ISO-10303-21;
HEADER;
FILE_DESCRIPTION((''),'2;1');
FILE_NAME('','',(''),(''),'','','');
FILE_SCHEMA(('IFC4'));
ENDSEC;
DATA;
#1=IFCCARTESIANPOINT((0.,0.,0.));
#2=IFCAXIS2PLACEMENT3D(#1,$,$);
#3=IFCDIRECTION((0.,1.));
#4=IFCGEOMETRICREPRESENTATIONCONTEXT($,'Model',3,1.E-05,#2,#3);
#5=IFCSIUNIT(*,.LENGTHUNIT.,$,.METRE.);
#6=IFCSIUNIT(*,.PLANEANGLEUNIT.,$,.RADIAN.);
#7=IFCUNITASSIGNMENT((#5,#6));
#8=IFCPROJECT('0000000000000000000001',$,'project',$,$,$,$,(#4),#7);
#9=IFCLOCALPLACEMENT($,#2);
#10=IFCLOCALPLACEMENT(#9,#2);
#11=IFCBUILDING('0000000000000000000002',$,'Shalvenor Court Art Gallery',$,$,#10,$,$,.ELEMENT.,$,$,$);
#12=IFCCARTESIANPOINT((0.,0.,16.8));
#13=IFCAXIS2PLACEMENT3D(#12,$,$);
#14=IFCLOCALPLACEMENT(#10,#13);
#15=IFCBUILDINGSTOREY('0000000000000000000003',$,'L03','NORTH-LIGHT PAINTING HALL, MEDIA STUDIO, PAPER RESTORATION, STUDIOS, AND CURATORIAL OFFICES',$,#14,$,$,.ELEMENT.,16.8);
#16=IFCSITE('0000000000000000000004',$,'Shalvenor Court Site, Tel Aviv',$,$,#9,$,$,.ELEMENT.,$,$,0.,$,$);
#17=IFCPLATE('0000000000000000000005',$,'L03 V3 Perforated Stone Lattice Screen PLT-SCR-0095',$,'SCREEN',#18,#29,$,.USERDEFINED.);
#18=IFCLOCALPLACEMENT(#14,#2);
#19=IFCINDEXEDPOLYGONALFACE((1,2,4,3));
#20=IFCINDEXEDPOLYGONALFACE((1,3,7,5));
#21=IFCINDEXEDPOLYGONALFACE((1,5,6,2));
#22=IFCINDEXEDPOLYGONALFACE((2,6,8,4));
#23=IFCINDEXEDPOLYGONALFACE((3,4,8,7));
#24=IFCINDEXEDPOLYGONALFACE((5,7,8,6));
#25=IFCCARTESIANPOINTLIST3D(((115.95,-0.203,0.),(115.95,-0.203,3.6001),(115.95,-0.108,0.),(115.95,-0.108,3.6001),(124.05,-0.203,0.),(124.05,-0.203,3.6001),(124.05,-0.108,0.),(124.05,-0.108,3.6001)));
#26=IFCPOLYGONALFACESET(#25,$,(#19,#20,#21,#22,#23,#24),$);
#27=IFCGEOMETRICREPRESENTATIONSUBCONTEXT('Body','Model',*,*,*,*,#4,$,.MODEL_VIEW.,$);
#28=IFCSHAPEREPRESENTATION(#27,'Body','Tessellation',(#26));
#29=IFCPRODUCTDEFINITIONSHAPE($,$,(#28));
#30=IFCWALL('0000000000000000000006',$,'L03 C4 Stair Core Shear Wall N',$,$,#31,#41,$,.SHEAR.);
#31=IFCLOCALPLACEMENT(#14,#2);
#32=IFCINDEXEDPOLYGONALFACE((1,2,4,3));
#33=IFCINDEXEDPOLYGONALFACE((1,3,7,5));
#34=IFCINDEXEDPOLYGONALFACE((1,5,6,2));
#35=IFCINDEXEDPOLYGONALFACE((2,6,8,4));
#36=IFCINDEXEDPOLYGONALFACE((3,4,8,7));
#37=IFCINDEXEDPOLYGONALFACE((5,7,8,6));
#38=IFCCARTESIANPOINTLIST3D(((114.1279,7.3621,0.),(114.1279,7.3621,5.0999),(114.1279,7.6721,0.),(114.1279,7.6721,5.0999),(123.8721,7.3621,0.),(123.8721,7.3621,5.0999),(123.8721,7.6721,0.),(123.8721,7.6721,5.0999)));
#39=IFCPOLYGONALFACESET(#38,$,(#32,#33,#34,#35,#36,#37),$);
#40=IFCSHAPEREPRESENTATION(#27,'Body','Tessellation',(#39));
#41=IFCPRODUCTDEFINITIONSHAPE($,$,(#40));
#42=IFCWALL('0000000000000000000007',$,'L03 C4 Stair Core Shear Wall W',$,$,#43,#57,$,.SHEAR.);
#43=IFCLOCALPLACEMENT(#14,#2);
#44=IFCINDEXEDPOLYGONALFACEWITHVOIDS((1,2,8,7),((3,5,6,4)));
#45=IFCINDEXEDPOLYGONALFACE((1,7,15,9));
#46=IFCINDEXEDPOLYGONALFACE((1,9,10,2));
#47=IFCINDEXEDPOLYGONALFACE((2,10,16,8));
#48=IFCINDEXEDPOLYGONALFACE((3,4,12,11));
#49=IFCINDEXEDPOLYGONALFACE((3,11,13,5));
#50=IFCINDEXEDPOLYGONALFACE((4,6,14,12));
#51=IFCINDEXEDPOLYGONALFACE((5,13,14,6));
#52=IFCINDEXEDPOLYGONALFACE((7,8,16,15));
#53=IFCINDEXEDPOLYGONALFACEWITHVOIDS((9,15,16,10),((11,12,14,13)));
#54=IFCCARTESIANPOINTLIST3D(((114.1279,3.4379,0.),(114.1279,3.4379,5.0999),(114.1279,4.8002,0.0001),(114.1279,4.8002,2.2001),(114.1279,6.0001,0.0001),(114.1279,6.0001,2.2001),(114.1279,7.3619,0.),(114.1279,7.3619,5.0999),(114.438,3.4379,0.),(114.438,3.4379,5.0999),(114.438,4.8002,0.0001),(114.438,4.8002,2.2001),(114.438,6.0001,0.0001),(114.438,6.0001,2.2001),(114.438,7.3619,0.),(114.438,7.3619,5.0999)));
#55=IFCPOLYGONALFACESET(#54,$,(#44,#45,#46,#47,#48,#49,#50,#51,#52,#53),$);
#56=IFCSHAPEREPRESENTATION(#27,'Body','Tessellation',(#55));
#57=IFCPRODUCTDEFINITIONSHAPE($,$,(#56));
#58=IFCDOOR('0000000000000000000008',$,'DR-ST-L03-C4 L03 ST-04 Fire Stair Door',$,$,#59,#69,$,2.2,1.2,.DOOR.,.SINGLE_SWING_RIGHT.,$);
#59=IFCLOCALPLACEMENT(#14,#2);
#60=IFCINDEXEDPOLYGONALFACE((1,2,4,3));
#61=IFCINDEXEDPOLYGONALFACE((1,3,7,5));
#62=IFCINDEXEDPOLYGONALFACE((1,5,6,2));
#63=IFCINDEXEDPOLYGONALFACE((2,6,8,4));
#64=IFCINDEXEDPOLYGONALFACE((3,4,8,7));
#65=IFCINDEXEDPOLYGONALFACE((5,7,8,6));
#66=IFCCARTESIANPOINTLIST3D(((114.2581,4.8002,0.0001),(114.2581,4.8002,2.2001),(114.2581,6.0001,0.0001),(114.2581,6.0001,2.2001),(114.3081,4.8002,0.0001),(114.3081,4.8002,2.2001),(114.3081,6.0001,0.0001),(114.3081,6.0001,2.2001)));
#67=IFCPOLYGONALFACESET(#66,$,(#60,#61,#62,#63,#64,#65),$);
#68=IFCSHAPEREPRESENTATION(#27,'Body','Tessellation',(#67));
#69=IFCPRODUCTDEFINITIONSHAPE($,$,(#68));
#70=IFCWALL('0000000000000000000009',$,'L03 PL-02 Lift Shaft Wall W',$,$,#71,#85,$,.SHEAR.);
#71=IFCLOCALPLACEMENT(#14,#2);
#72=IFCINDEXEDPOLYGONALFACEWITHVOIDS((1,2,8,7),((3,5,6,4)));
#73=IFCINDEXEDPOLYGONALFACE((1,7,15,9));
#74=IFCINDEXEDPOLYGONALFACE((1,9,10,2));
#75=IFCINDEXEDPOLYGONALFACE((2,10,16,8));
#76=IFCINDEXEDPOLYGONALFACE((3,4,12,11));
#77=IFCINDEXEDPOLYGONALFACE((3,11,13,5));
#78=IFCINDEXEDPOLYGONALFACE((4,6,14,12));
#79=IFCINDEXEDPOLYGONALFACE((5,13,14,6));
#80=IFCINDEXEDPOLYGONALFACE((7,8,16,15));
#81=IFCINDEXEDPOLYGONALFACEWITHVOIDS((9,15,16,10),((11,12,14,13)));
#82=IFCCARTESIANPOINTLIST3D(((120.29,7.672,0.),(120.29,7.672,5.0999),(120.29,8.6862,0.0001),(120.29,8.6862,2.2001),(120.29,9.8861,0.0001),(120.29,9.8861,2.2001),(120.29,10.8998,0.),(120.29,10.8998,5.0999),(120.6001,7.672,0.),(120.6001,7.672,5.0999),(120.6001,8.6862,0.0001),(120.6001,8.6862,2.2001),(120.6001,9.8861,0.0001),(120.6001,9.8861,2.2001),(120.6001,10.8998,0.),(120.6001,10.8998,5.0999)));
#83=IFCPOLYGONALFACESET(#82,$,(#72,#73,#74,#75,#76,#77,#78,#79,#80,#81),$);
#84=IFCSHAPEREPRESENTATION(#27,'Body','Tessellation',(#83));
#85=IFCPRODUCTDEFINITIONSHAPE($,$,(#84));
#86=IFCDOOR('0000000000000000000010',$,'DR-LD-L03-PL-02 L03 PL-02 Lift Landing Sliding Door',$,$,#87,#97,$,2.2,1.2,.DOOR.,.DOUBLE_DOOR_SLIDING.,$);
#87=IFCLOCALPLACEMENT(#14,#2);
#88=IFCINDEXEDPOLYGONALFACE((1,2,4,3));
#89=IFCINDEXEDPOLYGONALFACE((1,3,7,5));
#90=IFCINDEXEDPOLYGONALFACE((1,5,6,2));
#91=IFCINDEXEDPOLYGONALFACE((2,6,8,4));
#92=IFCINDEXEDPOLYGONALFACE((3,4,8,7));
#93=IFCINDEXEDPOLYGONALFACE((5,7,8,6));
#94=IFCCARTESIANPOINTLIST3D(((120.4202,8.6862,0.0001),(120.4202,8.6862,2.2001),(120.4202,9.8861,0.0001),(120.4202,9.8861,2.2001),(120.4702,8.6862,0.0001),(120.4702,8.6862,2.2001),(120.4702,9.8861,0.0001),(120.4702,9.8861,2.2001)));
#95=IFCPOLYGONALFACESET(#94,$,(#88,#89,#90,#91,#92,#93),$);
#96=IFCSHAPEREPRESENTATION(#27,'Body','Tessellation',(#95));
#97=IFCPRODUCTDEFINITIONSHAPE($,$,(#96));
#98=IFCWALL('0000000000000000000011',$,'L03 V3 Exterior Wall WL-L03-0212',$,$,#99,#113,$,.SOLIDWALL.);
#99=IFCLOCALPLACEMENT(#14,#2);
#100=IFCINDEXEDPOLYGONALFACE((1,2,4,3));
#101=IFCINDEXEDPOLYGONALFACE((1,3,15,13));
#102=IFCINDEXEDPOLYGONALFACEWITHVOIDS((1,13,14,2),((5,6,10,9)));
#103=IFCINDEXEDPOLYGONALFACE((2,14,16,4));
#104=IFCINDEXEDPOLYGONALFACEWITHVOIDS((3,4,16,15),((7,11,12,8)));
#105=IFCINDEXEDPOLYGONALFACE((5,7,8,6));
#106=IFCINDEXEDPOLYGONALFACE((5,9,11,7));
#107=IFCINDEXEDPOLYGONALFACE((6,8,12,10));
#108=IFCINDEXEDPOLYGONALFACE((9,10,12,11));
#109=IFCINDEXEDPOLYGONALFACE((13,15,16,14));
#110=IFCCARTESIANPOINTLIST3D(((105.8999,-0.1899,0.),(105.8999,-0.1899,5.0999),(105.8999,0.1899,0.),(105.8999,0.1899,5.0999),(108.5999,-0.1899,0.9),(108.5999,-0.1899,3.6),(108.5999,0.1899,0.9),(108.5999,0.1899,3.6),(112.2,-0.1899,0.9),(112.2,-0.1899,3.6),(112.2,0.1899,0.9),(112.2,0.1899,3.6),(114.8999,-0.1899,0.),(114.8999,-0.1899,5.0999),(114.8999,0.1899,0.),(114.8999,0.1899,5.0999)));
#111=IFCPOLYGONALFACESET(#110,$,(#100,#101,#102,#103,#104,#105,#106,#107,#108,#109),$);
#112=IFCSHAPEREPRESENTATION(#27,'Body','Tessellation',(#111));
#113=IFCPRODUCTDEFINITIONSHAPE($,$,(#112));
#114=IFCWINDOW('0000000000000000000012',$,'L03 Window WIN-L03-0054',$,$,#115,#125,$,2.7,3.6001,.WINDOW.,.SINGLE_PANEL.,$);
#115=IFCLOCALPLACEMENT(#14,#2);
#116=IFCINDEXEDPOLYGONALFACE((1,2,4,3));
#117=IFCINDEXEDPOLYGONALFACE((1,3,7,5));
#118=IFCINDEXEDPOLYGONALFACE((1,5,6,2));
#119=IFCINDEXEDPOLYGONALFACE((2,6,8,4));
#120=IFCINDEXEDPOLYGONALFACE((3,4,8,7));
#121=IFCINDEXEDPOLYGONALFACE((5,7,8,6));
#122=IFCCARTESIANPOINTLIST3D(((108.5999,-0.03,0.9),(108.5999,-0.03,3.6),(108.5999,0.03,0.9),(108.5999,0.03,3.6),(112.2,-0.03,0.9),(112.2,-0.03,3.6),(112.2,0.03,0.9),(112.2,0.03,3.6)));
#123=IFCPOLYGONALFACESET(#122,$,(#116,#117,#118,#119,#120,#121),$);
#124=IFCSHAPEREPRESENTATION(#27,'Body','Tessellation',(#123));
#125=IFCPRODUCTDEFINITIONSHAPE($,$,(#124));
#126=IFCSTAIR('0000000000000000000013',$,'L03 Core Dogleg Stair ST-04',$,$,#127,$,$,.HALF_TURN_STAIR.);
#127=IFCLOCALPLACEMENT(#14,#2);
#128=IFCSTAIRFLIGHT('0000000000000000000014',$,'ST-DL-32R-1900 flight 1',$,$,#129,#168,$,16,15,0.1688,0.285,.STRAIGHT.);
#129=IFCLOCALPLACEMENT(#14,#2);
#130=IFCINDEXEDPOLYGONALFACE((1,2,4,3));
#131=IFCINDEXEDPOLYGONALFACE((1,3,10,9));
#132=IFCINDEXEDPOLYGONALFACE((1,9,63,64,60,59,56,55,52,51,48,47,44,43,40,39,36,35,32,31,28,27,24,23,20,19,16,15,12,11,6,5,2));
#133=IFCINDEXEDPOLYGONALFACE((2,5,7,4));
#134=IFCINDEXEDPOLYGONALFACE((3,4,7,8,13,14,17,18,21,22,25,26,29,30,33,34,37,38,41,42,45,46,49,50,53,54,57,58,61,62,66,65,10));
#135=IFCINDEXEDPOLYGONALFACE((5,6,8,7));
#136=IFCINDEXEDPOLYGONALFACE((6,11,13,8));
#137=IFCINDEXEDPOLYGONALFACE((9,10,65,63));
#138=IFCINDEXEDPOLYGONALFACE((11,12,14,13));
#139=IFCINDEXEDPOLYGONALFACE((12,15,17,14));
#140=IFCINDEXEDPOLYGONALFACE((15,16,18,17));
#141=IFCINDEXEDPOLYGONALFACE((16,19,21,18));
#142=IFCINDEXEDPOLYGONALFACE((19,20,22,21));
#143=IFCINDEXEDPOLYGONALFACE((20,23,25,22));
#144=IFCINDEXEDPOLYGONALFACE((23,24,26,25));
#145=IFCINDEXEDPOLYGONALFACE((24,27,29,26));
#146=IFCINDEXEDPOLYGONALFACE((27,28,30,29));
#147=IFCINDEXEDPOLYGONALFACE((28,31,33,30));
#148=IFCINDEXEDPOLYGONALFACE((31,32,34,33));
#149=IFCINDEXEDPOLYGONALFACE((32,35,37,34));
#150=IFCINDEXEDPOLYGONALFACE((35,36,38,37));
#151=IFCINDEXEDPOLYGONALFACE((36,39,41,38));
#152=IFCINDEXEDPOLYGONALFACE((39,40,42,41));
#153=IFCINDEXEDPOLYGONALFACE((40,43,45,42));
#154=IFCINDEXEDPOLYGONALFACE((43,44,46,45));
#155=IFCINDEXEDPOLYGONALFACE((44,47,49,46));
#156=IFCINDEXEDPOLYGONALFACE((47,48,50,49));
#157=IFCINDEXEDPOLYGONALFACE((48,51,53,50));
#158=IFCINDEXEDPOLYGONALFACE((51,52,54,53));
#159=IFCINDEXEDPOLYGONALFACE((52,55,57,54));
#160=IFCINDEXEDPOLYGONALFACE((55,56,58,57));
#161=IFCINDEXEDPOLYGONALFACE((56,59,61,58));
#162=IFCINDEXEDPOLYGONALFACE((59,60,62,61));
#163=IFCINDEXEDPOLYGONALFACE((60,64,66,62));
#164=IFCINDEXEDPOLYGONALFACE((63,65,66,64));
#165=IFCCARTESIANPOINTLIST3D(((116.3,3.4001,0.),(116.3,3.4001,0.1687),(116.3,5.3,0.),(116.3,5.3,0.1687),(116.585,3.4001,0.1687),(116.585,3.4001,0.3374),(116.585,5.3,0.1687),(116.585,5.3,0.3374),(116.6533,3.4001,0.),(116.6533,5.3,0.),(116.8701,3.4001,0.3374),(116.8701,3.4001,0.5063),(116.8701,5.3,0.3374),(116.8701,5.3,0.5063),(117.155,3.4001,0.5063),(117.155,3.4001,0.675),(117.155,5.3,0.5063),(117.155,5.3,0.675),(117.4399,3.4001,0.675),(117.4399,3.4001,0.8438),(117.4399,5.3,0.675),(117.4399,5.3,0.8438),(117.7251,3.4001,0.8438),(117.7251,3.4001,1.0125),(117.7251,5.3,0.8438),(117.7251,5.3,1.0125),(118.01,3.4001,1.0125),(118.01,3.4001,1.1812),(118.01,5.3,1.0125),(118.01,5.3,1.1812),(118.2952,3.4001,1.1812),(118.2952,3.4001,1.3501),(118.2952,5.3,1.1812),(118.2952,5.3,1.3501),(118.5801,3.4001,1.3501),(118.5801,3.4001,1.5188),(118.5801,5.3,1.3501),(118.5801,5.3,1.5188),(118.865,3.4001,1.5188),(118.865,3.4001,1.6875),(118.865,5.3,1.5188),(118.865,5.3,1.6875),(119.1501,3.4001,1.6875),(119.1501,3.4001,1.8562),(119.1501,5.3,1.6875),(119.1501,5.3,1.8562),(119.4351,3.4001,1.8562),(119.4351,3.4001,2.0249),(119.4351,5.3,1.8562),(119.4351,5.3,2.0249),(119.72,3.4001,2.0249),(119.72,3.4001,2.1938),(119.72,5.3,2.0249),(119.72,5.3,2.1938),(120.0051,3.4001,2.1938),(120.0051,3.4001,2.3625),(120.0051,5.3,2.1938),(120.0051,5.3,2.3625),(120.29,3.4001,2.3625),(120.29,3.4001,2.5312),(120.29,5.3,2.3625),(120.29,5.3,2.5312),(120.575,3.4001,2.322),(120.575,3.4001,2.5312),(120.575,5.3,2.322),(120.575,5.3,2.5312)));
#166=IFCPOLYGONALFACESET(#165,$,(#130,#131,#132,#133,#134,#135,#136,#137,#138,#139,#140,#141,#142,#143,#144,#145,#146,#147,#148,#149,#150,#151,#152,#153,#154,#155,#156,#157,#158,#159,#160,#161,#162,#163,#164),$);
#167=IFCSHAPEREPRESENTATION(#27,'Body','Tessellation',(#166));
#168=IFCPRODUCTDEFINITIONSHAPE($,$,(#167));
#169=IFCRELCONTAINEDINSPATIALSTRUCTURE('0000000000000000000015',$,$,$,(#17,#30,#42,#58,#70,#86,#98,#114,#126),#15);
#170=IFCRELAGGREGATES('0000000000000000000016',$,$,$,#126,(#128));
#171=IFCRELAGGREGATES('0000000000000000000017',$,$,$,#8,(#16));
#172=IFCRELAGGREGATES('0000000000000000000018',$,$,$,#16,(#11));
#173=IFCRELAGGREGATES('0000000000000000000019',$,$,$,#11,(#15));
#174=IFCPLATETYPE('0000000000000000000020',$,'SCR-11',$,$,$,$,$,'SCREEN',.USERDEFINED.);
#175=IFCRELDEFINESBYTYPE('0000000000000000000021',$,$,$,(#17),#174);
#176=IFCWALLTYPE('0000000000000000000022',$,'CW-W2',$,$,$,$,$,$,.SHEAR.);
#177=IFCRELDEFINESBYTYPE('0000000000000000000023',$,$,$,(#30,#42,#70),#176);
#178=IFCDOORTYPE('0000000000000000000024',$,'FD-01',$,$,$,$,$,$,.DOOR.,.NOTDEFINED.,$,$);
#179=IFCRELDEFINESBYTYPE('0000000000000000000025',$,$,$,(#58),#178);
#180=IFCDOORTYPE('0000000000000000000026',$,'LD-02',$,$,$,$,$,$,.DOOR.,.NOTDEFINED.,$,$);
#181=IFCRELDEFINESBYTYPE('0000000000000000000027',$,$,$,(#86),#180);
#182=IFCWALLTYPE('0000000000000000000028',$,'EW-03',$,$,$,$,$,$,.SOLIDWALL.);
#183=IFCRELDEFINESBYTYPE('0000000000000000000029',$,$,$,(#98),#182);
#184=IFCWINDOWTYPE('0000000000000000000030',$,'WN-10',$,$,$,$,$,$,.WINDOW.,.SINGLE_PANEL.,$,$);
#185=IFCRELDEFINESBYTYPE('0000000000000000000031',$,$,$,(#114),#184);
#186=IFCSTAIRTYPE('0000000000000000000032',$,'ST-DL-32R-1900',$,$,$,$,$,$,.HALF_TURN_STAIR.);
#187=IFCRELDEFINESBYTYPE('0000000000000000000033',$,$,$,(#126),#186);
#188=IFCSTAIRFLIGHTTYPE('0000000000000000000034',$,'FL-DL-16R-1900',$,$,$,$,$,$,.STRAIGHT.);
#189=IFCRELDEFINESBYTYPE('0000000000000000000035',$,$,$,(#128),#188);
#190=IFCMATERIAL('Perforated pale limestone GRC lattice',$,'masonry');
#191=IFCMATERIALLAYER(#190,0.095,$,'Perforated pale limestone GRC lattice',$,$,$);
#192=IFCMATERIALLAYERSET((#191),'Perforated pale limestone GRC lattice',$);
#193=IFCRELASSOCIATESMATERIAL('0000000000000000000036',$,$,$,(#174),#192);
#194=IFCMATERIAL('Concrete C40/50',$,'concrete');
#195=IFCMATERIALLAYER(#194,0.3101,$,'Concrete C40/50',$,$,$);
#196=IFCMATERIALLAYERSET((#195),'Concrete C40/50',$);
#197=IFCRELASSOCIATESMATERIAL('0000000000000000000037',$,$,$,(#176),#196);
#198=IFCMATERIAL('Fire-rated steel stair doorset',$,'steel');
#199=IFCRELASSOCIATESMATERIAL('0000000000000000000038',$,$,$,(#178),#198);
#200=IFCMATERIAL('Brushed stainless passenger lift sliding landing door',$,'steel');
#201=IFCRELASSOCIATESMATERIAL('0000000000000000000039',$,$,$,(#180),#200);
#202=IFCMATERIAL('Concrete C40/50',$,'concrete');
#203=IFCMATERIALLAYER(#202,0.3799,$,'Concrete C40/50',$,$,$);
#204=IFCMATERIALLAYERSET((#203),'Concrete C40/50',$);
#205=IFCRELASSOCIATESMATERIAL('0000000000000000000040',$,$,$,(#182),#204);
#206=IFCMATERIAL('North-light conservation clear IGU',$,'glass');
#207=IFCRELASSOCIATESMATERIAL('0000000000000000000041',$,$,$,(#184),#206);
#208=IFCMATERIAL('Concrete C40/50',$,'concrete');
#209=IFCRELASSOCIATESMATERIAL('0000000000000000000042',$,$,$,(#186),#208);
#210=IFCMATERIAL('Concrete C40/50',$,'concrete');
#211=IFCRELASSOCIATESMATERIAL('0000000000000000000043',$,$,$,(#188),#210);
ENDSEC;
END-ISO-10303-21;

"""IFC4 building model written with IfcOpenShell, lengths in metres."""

from ifc_helpers import new_model, si_unit, direction, frame, frame_2d, origin, origin_2d, place, context, subcontext, project, spatial, polyline, rectangle, outline, extrude, material, layer, layer_set, type_object, element, fill, aggregate, save


model = new_model("IFC4")

# Units and contexts
model_context = context("Model", 3, precision=1e-05, world=origin(), true_north=direction((0.0, 1.0)))
body_context = subcontext(model_context, "Body", "Model", "MODEL_VIEW")
ifc_project = project(units=[si_unit("LENGTHUNIT", "METRE"), si_unit("PLANEANGLEUNIT", "RADIAN")], contexts=[model_context])

# Site, building, storey
site_placement = place(None, origin())
site = spatial("IfcSite", under=ifc_project, at=site_placement, Name="Shalvenor Court Site, Tel Aviv", CompositionType="ELEMENT", RefElevation=0.0)
building_placement = place(site_placement, origin())
building = spatial("IfcBuilding", under=site, at=building_placement, Name="Shalvenor Court Art Gallery", CompositionType="ELEMENT")
storey_placement = place(building_placement, frame((0.0, 0.0, 16.8)))
storey = spatial("IfcBuildingStorey", under=building, at=storey_placement, Name="L03", Description="NORTH-LIGHT PAINTING HALL, MEDIA STUDIO, PAPER RESTORATION, STUDIOS, AND CURATORIAL OFFICES", CompositionType="ELEMENT", Elevation=16.8)

# Plate
ifc_material_1 = material(Name="Perforated pale limestone GRC lattice", Category="masonry")
ifc_layer_1 = layer(ifc_material_1, 0.095, Name="Perforated pale limestone GRC lattice")
ifc_layer_set_1 = layer_set([ifc_layer_1], Name="Perforated pale limestone GRC lattice")
plate_type_1 = type_object("IfcPlateType", Name="SCR-11", ElementType="SCREEN", PredefinedType="USERDEFINED", material=ifc_layer_set_1)
plate_1_placement = place(storey_placement, frame((120.0, -0.1555, 0.0), z_axis=(0.0, 0.0, 1.0), x_axis=(-1.0, 0.0, 0.0)))
element("IfcPlate", 1, at=plate_1_placement, inside=storey, type_object=plate_type_1, Name="L03 V3 Perforated Stone Lattice Screen PLT-SCR-0095", ObjectType="SCREEN", PredefinedType="USERDEFINED", context=body_context, shape_type="SweptSolid", body=[
    extrude(rectangle(XDim=8.1001, YDim=0.095, at=origin_2d()), origin(), (0.0, 0.0, 1.0), 3.6001),
])

# Wall
ifc_material_2 = material(Name="Concrete C40/50", Category="concrete")
ifc_layer_2 = layer(ifc_material_2, 0.3101, Name="Concrete C40/50")
ifc_layer_set_2 = layer_set([ifc_layer_2], Name="Concrete C40/50")
wall_type_1 = type_object("IfcWallType", Name="CW-W2", PredefinedType="SHEAR", material=ifc_layer_set_2)
wall_1_placement = place(storey_placement, frame((114.1279, 7.5171, 0.0), z_axis=(0.0, 0.0, 1.0), x_axis=(1.0, 0.0, 0.0)))
element("IfcWall", 2, at=wall_1_placement, inside=storey, type_object=wall_type_1, Name="L03 C4 Stair Core Shear Wall N", PredefinedType="SHEAR", context=body_context, shape_type="SweptSolid", body=[
    extrude(rectangle(XDim=9.7441, YDim=0.3101, at=frame_2d((4.8721, 0.0))), origin(), (0.0, 0.0, 1.0), 5.0999),
])

# Walls, openings, doors
wall_2_placement = place(storey_placement, frame((114.283, 3.438, 0.0), z_axis=(0.0, 0.0, 1.0), x_axis=(0.0, 1.0, 0.0)))
wall_2 = element("IfcWall", 3, at=wall_2_placement, inside=storey, type_object=wall_type_1, Name="L03 C4 Stair Core Shear Wall W", PredefinedType="SHEAR", context=body_context, shape_type="SweptSolid", body=[
    extrude(rectangle(XDim=3.9241, YDim=0.3101, at=frame_2d((1.9619, 0.0))), origin(), (0.0, 0.0, 1.0), 5.0999),
])
opening_1_placement = place(wall_2_placement, frame((1.3621, 0.0, 0.0)))
opening_1 = element("IfcOpeningElement", 4, at=opening_1_placement, cuts=wall_2, PredefinedType="OPENING", context=body_context, shape_type="SweptSolid", body=[
    extrude(rectangle(XDim=1.2, YDim=2.2, at=frame_2d((0.6001, 1.1001))), frame((0.0, 0.165, 0.0), z_axis=(0.0, -1.0, 0.0), x_axis=(1.0, 0.0, 0.0)), (0.0, 0.0, 1.0), 0.3301),
])
ifc_material_3 = material(Name="Fire-rated steel stair doorset", Category="steel")
door_type_1 = type_object("IfcDoorType", Name="FD-01", OperationType="NOTDEFINED", PredefinedType="DOOR", material=ifc_material_3)
door_1_placement = place(opening_1_placement, origin())
door_1 = element("IfcDoor", 5, at=door_1_placement, inside=storey, type_object=door_type_1, Name="DR-ST-L03-C4 L03 ST-04 Fire Stair Door", OperationType="SINGLE_SWING_RIGHT", OverallHeight=2.2, OverallWidth=1.2, PredefinedType="DOOR", context=body_context, shape_type="SweptSolid", body=[
    extrude(rectangle(XDim=1.2, YDim=2.2, at=frame_2d((0.6001, 1.1001))), frame((0.0, 0.0249, 0.0), z_axis=(0.0, -1.0, 0.0), x_axis=(1.0, 0.0, 0.0)), (0.0, 0.0, 1.0), 0.05),
])
fill(opening_1, door_1)
wall_3_placement = place(storey_placement, frame((120.4451, 7.6721, 0.0), z_axis=(0.0, 0.0, 1.0), x_axis=(0.0, 1.0, 0.0)))
wall_3 = element("IfcWall", 6, at=wall_3_placement, inside=storey, type_object=wall_type_1, Name="L03 PL-02 Lift Shaft Wall W", PredefinedType="SHEAR", context=body_context, shape_type="SweptSolid", body=[
    extrude(rectangle(XDim=3.2278, YDim=0.3101, at=frame_2d((1.6138, 0.0))), origin(), (0.0, 0.0, 1.0), 5.0999),
])
opening_2_placement = place(wall_3_placement, frame((1.0139, 0.0, 0.0)))
opening_2 = element("IfcOpeningElement", 7, at=opening_2_placement, cuts=wall_3, PredefinedType="OPENING", context=body_context, shape_type="SweptSolid", body=[
    extrude(rectangle(XDim=1.2, YDim=2.2, at=frame_2d((0.6001, 1.1001))), frame((0.0, 0.165, 0.0), z_axis=(0.0, -1.0, 0.0), x_axis=(1.0, 0.0, 0.0)), (0.0, 0.0, 1.0), 0.3301),
])
ifc_material_4 = material(Name="Brushed stainless passenger lift sliding landing door", Category="steel")
door_type_2 = type_object("IfcDoorType", Name="LD-02", OperationType="NOTDEFINED", PredefinedType="DOOR", material=ifc_material_4)
door_2_placement = place(opening_2_placement, origin())
door_2 = element("IfcDoor", 8, at=door_2_placement, inside=storey, type_object=door_type_2, Name="DR-LD-L03-PL-02 L03 PL-02 Lift Landing Sliding Door", OperationType="DOUBLE_DOOR_SLIDING", OverallHeight=2.2, OverallWidth=1.2, PredefinedType="DOOR", context=body_context, shape_type="SweptSolid", body=[
    extrude(rectangle(XDim=1.2, YDim=2.2, at=frame_2d((0.6001, 1.1001))), frame((0.0, 0.0249, 0.0), z_axis=(0.0, -1.0, 0.0), x_axis=(1.0, 0.0, 0.0)), (0.0, 0.0, 1.0), 0.05),
])
fill(opening_2, door_2)

# Wall, opening, window
ifc_material_5 = material(Name="Concrete C40/50", Category="concrete")
ifc_layer_3 = layer(ifc_material_5, 0.3799, Name="Concrete C40/50")
ifc_layer_set_3 = layer_set([ifc_layer_3], Name="Concrete C40/50")
wall_type_2 = type_object("IfcWallType", Name="EW-03", PredefinedType="SOLIDWALL", material=ifc_layer_set_3)
wall_4_placement = place(storey_placement, frame((114.8999, 0.0, 0.0), z_axis=(0.0, 0.0, 1.0), x_axis=(-1.0, 0.0, 0.0)))
wall_4 = element("IfcWall", 9, at=wall_4_placement, inside=storey, type_object=wall_type_2, Name="L03 V3 Exterior Wall WL-L03-0212", PredefinedType="SOLIDWALL", context=body_context, shape_type="SweptSolid", body=[
    extrude(rectangle(XDim=9.0, YDim=0.3799, at=frame_2d((4.5, 0.0))), origin(), (0.0, 0.0, 1.0), 5.0999),
])
opening_3_placement = place(wall_4_placement, frame((2.7, 0.0, 0.8999)))
opening_3 = element("IfcOpeningElement", 10, at=opening_3_placement, cuts=wall_4, PredefinedType="OPENING", context=body_context, shape_type="SweptSolid", body=[
    extrude(rectangle(XDim=3.6001, YDim=2.7, at=frame_2d((1.8, 1.3501))), frame((0.0, 0.2, 0.0), z_axis=(0.0, -1.0, 0.0), x_axis=(1.0, 0.0, 0.0)), (0.0, 0.0, 1.0), 0.3999),
])
ifc_material_6 = material(Name="North-light conservation clear IGU", Category="glass")
window_type = type_object("IfcWindowType", Name="WN-10", PartitioningType="SINGLE_PANEL", PredefinedType="WINDOW", material=ifc_material_6)
window_placement = place(opening_3_placement, origin())
window = element("IfcWindow", 11, at=window_placement, inside=storey, type_object=window_type, Name="L03 Window WIN-L03-0054", OverallHeight=2.7, OverallWidth=3.6001, PartitioningType="SINGLE_PANEL", PredefinedType="WINDOW", context=body_context, shape_type="SweptSolid", body=[
    extrude(rectangle(XDim=3.6001, YDim=2.7, at=frame_2d((1.8, 1.3501))), frame((0.0, 0.03, 0.0), z_axis=(0.0, -1.0, 0.0), x_axis=(1.0, 0.0, 0.0)), (0.0, 0.0, 1.0), 0.0601),
])
fill(opening_3, window)

# Stair, stair flight
ifc_material_7 = material(Name="Concrete C40/50", Category="concrete")
stair_type = type_object("IfcStairType", Name="ST-DL-32R-1900", PredefinedType="HALF_TURN_STAIR", material=ifc_material_7)
stair_placement = place(storey_placement, origin())
stair = element("IfcStair", 12, at=stair_placement, inside=storey, type_object=stair_type, Name="L03 Core Dogleg Stair ST-04", PredefinedType="HALF_TURN_STAIR")
ifc_material_8 = material(Name="Concrete C40/50", Category="concrete")
stair_flight_type = type_object("IfcStairFlightType", Name="FL-DL-16R-1900", PredefinedType="STRAIGHT", material=ifc_material_8)
stair_flight_1_placement = place(storey_placement, frame((116.3, 4.3501, 0.0), z_axis=(0.0, 0.0, 1.0), x_axis=(1.0, 0.0, 0.0)))
stair_flight_1 = element("IfcStairFlight", 13, at=stair_flight_1_placement, type_object=stair_flight_type, Name="ST-DL-32R-1900 flight 1", NumberOfRisers=16, NumberOfTreads=15, PredefinedType="STRAIGHT", RiserHeight=0.1688, TreadLength=0.285, context=body_context, shape_type="SweptSolid", body=[
    extrude(outline(polyline([(0.0, 0.0), (0.0, 0.1687), (0.2849, 0.1687), (0.2849, 0.3374), (0.5701, 0.3374), (0.5701, 0.5063), (0.855, 0.5063), (0.855, 0.675), (1.1399, 0.675), (1.1399, 0.8438), (1.425, 0.8438), (1.425, 1.0125), (1.71, 1.0125), (1.71, 1.1812), (1.9951, 1.1812), (1.9951, 1.3501), (2.28, 1.3501), (2.28, 1.5188), (2.5649, 1.5188), (2.5649, 1.6875), (2.8501, 1.6875), (2.8501, 1.8562), (3.135, 1.8562), (3.135, 2.0249), (3.4199, 2.0249), (3.4199, 2.1938), (3.7051, 2.1938), (3.7051, 2.3625), (3.99, 2.3625), (3.99, 2.5312), (4.2749, 2.5312), (4.2749, 2.7), (4.2749, 2.322), (0.3533, 0.0), (0.0, 0.0)])), frame((0.0, 0.95, 0.0), z_axis=(0.0, -1.0, 0.0), x_axis=(1.0, 0.0, 0.0)), (0.0, 0.0, 1.0), 1.8999),
])
aggregate(stair, [stair_flight_1])

save(model, "model.ifc")
